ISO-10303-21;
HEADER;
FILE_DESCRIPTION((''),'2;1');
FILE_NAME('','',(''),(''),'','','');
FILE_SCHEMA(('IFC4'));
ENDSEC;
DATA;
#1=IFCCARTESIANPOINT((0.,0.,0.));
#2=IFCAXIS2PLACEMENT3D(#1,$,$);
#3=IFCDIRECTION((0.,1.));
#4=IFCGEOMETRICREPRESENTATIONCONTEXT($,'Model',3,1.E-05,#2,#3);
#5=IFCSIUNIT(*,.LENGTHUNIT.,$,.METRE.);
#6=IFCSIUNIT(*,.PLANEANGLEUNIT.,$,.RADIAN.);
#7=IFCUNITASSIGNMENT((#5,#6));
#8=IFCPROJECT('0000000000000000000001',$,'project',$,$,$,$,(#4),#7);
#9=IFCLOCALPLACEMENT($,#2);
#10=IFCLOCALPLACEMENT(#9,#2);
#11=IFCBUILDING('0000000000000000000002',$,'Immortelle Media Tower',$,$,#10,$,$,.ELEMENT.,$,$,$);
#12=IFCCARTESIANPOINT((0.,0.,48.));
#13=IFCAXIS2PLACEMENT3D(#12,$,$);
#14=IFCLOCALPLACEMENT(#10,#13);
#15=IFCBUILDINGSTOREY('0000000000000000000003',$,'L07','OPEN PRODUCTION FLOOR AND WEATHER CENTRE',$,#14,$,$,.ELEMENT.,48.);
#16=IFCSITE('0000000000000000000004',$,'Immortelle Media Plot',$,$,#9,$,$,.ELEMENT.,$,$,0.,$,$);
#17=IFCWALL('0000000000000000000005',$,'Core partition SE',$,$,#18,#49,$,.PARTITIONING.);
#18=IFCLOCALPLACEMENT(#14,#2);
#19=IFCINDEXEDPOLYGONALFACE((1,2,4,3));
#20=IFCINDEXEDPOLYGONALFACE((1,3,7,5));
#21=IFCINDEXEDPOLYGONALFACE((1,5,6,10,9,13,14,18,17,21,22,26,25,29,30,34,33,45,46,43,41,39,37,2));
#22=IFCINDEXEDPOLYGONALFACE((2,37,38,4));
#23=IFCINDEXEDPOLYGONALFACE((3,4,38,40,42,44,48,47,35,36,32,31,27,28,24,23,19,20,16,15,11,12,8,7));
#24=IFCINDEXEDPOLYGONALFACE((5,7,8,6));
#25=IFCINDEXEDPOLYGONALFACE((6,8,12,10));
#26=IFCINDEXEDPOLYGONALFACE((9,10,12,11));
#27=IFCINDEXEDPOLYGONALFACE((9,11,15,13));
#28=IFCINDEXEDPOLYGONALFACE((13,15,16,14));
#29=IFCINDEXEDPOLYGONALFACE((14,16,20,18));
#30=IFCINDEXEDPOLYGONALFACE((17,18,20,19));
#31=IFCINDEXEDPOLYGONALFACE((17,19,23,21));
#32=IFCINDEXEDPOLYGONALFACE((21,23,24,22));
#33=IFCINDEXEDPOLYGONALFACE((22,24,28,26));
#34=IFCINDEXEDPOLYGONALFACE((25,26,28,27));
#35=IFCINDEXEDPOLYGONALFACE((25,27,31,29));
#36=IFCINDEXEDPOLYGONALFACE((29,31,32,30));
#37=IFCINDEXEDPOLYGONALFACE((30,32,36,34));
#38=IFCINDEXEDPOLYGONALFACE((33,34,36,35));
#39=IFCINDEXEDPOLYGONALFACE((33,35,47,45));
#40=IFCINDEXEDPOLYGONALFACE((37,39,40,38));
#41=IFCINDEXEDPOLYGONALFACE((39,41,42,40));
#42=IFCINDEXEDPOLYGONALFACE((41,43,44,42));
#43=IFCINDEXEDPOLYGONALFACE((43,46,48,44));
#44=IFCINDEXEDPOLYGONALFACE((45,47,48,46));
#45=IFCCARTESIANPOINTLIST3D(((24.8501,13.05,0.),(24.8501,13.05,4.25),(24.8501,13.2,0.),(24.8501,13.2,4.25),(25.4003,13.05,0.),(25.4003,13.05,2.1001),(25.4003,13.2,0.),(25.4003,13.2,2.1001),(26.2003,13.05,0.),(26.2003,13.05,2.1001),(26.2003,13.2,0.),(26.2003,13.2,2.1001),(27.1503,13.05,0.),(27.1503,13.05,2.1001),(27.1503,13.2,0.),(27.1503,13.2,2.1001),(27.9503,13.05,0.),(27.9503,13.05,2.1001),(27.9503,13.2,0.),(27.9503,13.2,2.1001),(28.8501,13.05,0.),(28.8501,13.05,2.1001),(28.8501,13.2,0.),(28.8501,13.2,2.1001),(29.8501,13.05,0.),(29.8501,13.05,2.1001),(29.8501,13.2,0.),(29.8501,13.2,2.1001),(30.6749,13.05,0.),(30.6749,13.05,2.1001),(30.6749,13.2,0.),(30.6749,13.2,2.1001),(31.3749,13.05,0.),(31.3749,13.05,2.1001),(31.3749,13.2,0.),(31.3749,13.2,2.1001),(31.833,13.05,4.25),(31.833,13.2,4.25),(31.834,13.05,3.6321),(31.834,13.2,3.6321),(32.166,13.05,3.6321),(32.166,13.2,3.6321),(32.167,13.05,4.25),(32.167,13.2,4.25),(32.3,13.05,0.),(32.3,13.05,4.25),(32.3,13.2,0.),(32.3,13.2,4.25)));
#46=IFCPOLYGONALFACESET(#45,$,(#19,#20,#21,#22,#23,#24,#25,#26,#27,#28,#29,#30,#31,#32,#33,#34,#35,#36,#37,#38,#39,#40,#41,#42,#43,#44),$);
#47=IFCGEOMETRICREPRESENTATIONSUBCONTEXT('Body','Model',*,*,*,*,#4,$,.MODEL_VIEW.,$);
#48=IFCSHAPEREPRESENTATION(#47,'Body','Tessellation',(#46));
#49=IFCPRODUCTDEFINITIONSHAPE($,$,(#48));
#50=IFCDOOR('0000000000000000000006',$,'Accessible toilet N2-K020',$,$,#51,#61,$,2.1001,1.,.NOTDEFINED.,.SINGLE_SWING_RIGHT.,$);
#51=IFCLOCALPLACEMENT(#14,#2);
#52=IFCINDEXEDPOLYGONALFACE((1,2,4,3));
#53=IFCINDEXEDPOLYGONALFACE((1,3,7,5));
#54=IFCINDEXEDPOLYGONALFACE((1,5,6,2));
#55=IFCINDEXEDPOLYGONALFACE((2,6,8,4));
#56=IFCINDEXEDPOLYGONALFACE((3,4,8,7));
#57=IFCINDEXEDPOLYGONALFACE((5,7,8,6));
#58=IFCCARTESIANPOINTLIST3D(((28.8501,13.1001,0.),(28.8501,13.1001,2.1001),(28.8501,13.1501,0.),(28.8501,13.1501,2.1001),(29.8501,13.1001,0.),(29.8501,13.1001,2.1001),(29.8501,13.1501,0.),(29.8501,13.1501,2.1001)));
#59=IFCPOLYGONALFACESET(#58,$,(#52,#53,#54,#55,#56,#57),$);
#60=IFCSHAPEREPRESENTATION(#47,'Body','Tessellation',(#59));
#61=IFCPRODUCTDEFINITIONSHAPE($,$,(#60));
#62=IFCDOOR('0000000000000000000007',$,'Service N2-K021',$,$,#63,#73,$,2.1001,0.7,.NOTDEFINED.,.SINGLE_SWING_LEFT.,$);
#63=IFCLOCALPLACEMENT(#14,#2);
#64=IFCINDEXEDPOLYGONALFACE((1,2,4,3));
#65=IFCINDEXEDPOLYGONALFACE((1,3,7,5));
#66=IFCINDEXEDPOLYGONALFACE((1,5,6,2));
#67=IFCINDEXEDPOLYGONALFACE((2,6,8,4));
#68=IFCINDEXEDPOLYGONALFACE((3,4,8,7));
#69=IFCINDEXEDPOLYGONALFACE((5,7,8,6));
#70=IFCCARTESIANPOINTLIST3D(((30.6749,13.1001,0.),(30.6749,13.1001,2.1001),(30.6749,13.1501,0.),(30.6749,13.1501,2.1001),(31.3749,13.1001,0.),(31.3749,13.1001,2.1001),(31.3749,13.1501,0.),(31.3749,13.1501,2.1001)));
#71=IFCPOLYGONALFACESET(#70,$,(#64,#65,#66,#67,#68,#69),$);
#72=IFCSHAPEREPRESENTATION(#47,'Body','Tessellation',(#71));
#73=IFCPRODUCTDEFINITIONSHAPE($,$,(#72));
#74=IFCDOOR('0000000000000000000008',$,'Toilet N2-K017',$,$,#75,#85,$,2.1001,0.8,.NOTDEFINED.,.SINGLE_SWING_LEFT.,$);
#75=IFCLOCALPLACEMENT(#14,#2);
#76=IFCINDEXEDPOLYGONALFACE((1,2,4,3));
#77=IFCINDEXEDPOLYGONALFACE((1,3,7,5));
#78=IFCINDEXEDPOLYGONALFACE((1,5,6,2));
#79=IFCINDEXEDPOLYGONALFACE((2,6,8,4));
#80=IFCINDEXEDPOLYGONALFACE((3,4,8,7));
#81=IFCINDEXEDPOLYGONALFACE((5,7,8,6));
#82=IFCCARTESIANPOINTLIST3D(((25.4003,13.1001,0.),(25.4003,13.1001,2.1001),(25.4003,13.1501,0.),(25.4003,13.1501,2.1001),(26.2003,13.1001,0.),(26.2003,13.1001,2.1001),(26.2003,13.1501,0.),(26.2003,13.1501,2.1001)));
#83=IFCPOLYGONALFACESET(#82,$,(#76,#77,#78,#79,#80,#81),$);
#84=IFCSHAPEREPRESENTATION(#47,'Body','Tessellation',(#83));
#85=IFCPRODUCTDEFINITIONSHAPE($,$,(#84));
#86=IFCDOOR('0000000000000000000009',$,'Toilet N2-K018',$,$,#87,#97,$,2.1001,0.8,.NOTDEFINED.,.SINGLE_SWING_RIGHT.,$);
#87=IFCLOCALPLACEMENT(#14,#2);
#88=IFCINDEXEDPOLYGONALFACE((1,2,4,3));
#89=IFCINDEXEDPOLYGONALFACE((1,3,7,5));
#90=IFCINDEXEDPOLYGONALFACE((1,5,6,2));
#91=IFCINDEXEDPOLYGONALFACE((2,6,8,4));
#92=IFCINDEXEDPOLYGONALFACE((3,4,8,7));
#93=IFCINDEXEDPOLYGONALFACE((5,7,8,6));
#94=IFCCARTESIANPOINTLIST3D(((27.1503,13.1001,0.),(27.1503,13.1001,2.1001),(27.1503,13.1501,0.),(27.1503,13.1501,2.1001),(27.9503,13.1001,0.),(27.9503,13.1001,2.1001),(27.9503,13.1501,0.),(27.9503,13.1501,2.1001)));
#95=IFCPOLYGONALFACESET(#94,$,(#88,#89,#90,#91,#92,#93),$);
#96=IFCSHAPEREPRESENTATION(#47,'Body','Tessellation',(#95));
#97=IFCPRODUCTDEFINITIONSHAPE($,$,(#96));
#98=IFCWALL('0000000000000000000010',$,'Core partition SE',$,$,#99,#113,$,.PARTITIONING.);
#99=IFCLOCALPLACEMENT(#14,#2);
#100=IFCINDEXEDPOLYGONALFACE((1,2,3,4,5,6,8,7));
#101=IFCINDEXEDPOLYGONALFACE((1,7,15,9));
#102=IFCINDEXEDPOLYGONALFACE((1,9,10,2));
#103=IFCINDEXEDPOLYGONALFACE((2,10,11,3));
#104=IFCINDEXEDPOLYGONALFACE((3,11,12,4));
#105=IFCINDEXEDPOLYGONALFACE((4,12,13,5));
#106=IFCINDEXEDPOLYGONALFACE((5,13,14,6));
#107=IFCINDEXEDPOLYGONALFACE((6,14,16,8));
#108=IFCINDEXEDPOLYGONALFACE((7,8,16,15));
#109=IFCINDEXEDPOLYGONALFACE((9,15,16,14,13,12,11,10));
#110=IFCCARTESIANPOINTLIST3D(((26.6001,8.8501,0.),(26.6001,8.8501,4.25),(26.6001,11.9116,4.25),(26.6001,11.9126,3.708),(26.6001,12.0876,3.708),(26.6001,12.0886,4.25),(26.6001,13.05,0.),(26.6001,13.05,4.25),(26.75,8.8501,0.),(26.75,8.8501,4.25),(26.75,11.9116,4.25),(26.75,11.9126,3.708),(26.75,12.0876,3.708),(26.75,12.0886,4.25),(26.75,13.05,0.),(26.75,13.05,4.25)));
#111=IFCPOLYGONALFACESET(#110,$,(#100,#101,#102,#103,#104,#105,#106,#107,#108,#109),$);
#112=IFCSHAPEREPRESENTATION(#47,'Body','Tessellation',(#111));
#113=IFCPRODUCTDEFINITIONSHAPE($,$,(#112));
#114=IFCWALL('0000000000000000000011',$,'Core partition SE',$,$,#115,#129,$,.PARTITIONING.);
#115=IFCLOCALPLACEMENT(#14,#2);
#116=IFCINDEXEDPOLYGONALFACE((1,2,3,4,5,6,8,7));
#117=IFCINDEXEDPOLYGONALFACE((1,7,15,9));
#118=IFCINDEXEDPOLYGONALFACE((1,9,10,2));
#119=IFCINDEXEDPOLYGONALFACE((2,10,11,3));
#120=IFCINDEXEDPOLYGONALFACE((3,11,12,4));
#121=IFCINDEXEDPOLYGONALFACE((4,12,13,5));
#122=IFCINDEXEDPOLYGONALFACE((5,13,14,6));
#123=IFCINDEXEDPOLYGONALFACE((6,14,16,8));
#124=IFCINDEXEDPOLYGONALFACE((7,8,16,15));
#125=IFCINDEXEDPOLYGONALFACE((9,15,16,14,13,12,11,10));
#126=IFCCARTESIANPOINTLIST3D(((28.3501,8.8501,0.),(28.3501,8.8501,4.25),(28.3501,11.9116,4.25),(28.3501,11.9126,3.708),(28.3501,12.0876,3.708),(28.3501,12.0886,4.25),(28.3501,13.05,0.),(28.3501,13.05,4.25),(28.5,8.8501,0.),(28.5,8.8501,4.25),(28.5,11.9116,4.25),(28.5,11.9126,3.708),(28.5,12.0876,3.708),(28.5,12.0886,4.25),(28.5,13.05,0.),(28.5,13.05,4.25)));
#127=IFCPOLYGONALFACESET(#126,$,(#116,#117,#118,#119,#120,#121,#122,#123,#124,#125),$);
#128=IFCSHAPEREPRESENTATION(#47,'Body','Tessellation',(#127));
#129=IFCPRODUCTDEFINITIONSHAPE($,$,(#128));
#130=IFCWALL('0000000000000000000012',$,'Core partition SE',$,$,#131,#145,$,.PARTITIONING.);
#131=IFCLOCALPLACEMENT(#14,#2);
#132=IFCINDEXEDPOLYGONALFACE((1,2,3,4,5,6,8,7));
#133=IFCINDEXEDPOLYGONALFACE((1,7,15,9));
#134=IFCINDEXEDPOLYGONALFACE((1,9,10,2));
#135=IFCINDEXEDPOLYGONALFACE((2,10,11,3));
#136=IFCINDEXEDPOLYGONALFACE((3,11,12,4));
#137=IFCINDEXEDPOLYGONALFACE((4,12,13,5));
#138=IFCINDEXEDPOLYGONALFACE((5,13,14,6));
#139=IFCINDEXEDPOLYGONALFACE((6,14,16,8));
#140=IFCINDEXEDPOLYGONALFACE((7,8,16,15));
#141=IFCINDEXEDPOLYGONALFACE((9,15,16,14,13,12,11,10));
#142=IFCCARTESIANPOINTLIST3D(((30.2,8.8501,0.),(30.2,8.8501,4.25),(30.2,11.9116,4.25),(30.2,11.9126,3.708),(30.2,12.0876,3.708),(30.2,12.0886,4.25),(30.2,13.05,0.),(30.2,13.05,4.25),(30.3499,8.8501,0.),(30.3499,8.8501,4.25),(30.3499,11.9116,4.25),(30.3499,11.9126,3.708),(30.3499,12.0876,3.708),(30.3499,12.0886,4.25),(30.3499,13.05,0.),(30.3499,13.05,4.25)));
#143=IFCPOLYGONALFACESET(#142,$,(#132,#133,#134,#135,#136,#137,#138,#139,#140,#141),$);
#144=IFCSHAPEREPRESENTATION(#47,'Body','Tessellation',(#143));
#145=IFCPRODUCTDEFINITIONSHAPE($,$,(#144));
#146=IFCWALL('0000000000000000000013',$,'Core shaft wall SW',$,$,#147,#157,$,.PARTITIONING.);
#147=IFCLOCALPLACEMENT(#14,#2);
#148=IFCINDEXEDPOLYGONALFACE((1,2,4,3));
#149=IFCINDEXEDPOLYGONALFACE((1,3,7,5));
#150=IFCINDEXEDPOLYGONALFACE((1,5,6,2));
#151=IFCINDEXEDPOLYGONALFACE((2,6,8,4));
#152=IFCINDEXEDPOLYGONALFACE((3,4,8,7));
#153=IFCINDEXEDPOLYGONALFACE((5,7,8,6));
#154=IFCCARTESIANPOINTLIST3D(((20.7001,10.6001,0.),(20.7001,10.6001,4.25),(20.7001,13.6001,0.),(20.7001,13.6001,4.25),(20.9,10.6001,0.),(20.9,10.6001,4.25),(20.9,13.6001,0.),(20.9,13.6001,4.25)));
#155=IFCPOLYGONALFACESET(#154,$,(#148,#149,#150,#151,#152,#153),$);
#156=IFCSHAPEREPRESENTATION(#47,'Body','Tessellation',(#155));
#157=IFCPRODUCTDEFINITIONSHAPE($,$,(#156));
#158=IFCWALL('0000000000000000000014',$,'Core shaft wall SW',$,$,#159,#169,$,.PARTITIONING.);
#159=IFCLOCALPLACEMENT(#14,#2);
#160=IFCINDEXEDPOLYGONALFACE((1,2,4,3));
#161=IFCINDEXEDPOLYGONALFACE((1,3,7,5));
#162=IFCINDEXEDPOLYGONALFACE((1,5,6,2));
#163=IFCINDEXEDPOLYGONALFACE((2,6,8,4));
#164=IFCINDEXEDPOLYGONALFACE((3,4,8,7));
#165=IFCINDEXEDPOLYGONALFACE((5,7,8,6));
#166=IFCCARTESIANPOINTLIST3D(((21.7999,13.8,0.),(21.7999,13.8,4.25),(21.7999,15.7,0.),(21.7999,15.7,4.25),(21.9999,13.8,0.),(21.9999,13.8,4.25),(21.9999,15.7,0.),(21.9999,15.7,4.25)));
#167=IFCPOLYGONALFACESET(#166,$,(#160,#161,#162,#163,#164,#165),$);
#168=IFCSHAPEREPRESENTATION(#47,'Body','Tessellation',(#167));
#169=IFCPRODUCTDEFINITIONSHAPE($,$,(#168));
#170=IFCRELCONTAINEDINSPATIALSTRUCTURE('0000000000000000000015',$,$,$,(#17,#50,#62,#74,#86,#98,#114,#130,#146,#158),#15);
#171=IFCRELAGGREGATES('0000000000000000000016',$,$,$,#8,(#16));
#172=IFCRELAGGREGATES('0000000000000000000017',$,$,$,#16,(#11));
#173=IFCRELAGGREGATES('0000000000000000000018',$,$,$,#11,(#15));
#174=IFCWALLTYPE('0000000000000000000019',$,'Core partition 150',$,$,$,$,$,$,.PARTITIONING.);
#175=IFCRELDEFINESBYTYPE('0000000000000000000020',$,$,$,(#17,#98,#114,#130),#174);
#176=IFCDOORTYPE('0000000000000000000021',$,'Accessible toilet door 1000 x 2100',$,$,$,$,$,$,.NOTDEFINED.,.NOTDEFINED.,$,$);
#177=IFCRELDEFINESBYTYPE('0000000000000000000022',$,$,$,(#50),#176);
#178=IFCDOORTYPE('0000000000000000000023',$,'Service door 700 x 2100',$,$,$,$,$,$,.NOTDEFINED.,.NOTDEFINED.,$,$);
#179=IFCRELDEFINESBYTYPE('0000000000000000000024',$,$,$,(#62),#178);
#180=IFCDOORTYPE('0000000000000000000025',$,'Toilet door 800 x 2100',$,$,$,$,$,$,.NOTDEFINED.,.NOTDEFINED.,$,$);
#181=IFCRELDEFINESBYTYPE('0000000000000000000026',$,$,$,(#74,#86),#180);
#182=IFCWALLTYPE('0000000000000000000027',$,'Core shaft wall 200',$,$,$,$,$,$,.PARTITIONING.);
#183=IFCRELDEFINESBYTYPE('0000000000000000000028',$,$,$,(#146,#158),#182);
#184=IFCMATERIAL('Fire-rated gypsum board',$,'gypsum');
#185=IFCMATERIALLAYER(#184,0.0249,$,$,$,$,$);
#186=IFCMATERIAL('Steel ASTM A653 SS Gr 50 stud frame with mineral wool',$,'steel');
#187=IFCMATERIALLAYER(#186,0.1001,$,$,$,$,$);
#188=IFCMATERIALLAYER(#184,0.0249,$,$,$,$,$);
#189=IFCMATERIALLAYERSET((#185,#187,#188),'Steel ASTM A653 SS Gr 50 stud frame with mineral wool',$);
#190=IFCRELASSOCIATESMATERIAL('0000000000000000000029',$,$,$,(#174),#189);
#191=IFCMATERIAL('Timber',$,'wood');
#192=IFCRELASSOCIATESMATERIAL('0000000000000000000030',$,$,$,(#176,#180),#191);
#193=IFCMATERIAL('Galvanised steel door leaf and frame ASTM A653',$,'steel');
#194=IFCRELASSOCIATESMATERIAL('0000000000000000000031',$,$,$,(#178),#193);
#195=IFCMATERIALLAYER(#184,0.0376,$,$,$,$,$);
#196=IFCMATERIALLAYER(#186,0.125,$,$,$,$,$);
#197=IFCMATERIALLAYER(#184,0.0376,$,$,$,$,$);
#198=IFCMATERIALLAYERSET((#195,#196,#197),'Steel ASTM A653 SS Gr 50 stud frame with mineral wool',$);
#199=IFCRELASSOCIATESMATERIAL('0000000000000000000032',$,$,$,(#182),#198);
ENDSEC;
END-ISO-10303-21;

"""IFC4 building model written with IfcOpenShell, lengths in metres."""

from ifc_helpers import new_model, si_unit, direction, frame, frame_2d, origin, place, context, subcontext, project, spatial, polyline, rectangle, outline, extrude, material, layer, layer_set, type_object, element, fill, save


model = new_model("IFC4")

# Units and contexts
model_context = context("Model", 3, precision=1e-05, world=origin(), true_north=direction((0.0, 1.0)))
body_context = subcontext(model_context, "Body", "Model", "MODEL_VIEW")
ifc_project = project(units=[si_unit("LENGTHUNIT", "METRE"), si_unit("PLANEANGLEUNIT", "RADIAN")], contexts=[model_context])

# Site, building, storey
site_placement = place(None, origin())
site = spatial("IfcSite", under=ifc_project, at=site_placement, Name="Immortelle Media Plot", CompositionType="ELEMENT", RefElevation=0.0)
building_placement = place(site_placement, origin())
building = spatial("IfcBuilding", under=site, at=building_placement, Name="Immortelle Media Tower", CompositionType="ELEMENT")
storey_placement = place(building_placement, frame((0.0, 0.0, 48.0)))
storey = spatial("IfcBuildingStorey", under=building, at=storey_placement, Name="L07", Description="OPEN PRODUCTION FLOOR AND WEATHER CENTRE", CompositionType="ELEMENT", Elevation=48.0)

# Wall, openings, doors
ifc_material_1 = material(Name="Fire-rated gypsum board", Category="gypsum")
ifc_layer_1 = layer(ifc_material_1, 0.0249)
ifc_material_2 = material(Name="Steel ASTM A653 SS Gr 50 stud frame with mineral wool", Category="steel")
ifc_layer_2 = layer(ifc_material_2, 0.1001)
ifc_layer_3 = layer(ifc_material_1, 0.0249)
ifc_layer_set_1 = layer_set([ifc_layer_1, ifc_layer_2, ifc_layer_3], Name="Steel ASTM A653 SS Gr 50 stud frame with mineral wool")
wall_type_1 = type_object("IfcWallType", Name="Core partition 150", PredefinedType="PARTITIONING", material=ifc_layer_set_1)
wall_1_placement = place(storey_placement, frame((24.8501, 13.125, 0.0), z_axis=(0.0, 0.0, 1.0), x_axis=(1.0, 0.0, 0.0)))
wall_1 = element("IfcWall", 1, at=wall_1_placement, inside=storey, type_object=wall_type_1, Name="Core partition SE", PredefinedType="PARTITIONING", context=body_context, shape_type="SweptSolid", body=[
    extrude(outline(polyline([(0.0, 0.0), (7.45, 0.0), (7.45, 4.25), (7.3169, 4.25), (7.3159, 3.6321), (6.9839, 3.6321), (6.9829, 4.25), (0.0, 4.25), (0.0, 0.0)])), frame((0.0, 0.075, 0.0), z_axis=(0.0, -1.0, 0.0), x_axis=(1.0, 0.0, 0.0)), (0.0, 0.0, 1.0), 0.1499),
])
opening_1_placement = place(wall_1_placement, frame((1.3501, 0.0, 0.0), z_axis=(0.0, 0.0, 1.0), x_axis=(-1.0, 0.0, 0.0)))
opening_1 = element("IfcOpeningElement", 2, at=opening_1_placement, cuts=wall_1, PredefinedType="OPENING", context=body_context, shape_type="SweptSolid", body=[
    extrude(rectangle(XDim=0.8, YDim=2.1001, at=frame_2d((0.3999, 1.05))), frame((0.0, 0.085, 0.0), z_axis=(0.0, -1.0, 0.0), x_axis=(1.0, 0.0, 0.0)), (0.0, 0.0, 1.0), 0.1699),
])
opening_2_placement = place(wall_1_placement, frame((3.1001, 0.0, 0.0), z_axis=(0.0, 0.0, 1.0), x_axis=(-1.0, 0.0, 0.0)))
opening_2 = element("IfcOpeningElement", 3, at=opening_2_placement, cuts=wall_1, PredefinedType="OPENING", context=body_context, shape_type="SweptSolid", body=[
    extrude(rectangle(XDim=0.8, YDim=2.1001, at=frame_2d((0.3999, 1.05))), frame((0.0, 0.085, 0.0), z_axis=(0.0, -1.0, 0.0), x_axis=(1.0, 0.0, 0.0)), (0.0, 0.0, 1.0), 0.1699),
])
opening_3_placement = place(wall_1_placement, frame((5.0, 0.0, 0.0), z_axis=(0.0, 0.0, 1.0), x_axis=(-1.0, 0.0, 0.0)))
opening_3 = element("IfcOpeningElement", 4, at=opening_3_placement, cuts=wall_1, PredefinedType="OPENING", context=body_context, shape_type="SweptSolid", body=[
    extrude(rectangle(XDim=1.0, YDim=2.1001, at=frame_2d((0.5, 1.05))), frame((0.0, 0.085, 0.0), z_axis=(0.0, -1.0, 0.0), x_axis=(1.0, 0.0, 0.0)), (0.0, 0.0, 1.0), 0.1699),
])
opening_4_placement = place(wall_1_placement, frame((6.5249, 0.0, 0.0), z_axis=(0.0, 0.0, 1.0), x_axis=(-1.0, 0.0, 0.0)))
opening_4 = element("IfcOpeningElement", 5, at=opening_4_placement, cuts=wall_1, PredefinedType="OPENING", context=body_context, shape_type="SweptSolid", body=[
    extrude(rectangle(XDim=0.7, YDim=2.1001, at=frame_2d((0.3501, 1.05))), frame((0.0, 0.085, 0.0), z_axis=(0.0, -1.0, 0.0), x_axis=(1.0, 0.0, 0.0)), (0.0, 0.0, 1.0), 0.1699),
])
ifc_material_3 = material(Name="Timber", Category="wood")
door_type_1 = type_object("IfcDoorType", Name="Accessible toilet door 1000 x 2100", OperationType="NOTDEFINED", PredefinedType="NOTDEFINED", material=ifc_material_3)
door_1_placement = place(opening_3_placement, origin())
door_1 = element("IfcDoor", 6, at=door_1_placement, inside=storey, type_object=door_type_1, Name="Accessible toilet N2-K020", OperationType="SINGLE_SWING_RIGHT", OverallHeight=2.1001, OverallWidth=1.0, PredefinedType="NOTDEFINED", context=body_context, shape_type="SweptSolid", body=[
    extrude(rectangle(XDim=1.0, YDim=2.1001, at=frame_2d((0.5, 1.05))), frame((0.0, 0.0249, 0.0), z_axis=(0.0, -1.0, 0.0), x_axis=(1.0, 0.0, 0.0)), (0.0, 0.0, 1.0), 0.05),
])
fill(opening_3, door_1)
ifc_material_4 = material(Name="Galvanised steel door leaf and frame ASTM A653", Category="steel")
door_type_2 = type_object("IfcDoorType", Name="Service door 700 x 2100", OperationType="NOTDEFINED", PredefinedType="NOTDEFINED", material=ifc_material_4)
door_2_placement = place(opening_4_placement, origin())
door_2 = element("IfcDoor", 7, at=door_2_placement, inside=storey, type_object=door_type_2, Name="Service N2-K021", OperationType="SINGLE_SWING_LEFT", OverallHeight=2.1001, OverallWidth=0.7, PredefinedType="NOTDEFINED", context=body_context, shape_type="SweptSolid", body=[
    extrude(rectangle(XDim=0.7, YDim=2.1001, at=frame_2d((0.3501, 1.05))), frame((0.0, 0.0249, 0.0), z_axis=(0.0, -1.0, 0.0), x_axis=(1.0, 0.0, 0.0)), (0.0, 0.0, 1.0), 0.05),
])
fill(opening_4, door_2)
door_type_3 = type_object("IfcDoorType", Name="Toilet door 800 x 2100", OperationType="NOTDEFINED", PredefinedType="NOTDEFINED", material=ifc_material_3)
door_3_placement = place(opening_1_placement, origin())
door_3 = element("IfcDoor", 8, at=door_3_placement, inside=storey, type_object=door_type_3, Name="Toilet N2-K017", OperationType="SINGLE_SWING_LEFT", OverallHeight=2.1001, OverallWidth=0.8, PredefinedType="NOTDEFINED", context=body_context, shape_type="SweptSolid", body=[
    extrude(rectangle(XDim=0.8, YDim=2.1001, at=frame_2d((0.3999, 1.05))), frame((0.0, 0.0249, 0.0), z_axis=(0.0, -1.0, 0.0), x_axis=(1.0, 0.0, 0.0)), (0.0, 0.0, 1.0), 0.05),
])
fill(opening_1, door_3)
door_4_placement = place(opening_2_placement, origin())
door_4 = element("IfcDoor", 9, at=door_4_placement, inside=storey, type_object=door_type_3, Name="Toilet N2-K018", OperationType="SINGLE_SWING_RIGHT", OverallHeight=2.1001, OverallWidth=0.8, PredefinedType="NOTDEFINED", context=body_context, shape_type="SweptSolid", body=[
    extrude(rectangle(XDim=0.8, YDim=2.1001, at=frame_2d((0.3999, 1.05))), frame((0.0, 0.0249, 0.0), z_axis=(0.0, -1.0, 0.0), x_axis=(1.0, 0.0, 0.0)), (0.0, 0.0, 1.0), 0.05),
])
fill(opening_2, door_4)

# Walls
for number, where, z_axis, x_axis, name in (
    (10, (26.675, 8.8501, 0.0), (0.0, 0.0, 1.0), (0.0, 1.0, 0.0), "Core partition SE"),
    (11, (28.425, 8.8501, 0.0), (0.0, 0.0, 1.0), (0.0, 1.0, 0.0), "Core partition SE"),
    (12, (30.2749, 8.8501, 0.0), (0.0, 0.0, 1.0), (0.0, 1.0, 0.0), "Core partition SE"),
):
    element("IfcWall", number, at=place(storey_placement, frame(where, z_axis=z_axis, x_axis=x_axis)), inside=storey, type_object=wall_type_1, Name=name, PredefinedType="PARTITIONING", context=body_context, shape_type="SweptSolid", body=[
        extrude(outline(polyline([(0.0, 0.0), (4.2, 0.0), (4.2, 4.25), (3.2385, 4.25), (3.2375, 3.708), (3.0625, 3.708), (3.0615, 4.25), (0.0, 4.25), (0.0, 0.0)])), frame((0.0, 0.075, 0.0), z_axis=(0.0, -1.0, 0.0), x_axis=(1.0, 0.0, 0.0)), (0.0, 0.0, 1.0), 0.1499),
    ])
ifc_layer_4 = layer(ifc_material_1, 0.0376)
ifc_layer_5 = layer(ifc_material_2, 0.125)
ifc_layer_6 = layer(ifc_material_1, 0.0376)
ifc_layer_set_2 = layer_set([ifc_layer_4, ifc_layer_5, ifc_layer_6], Name="Steel ASTM A653 SS Gr 50 stud frame with mineral wool")
wall_type_2 = type_object("IfcWallType", Name="Core shaft wall 200", PredefinedType="PARTITIONING", material=ifc_layer_set_2)
wall_2_placement = place(storey_placement, frame((20.8, 10.6001, 0.0), z_axis=(0.0, 0.0, 1.0), x_axis=(0.0, 1.0, 0.0)))
element("IfcWall", 13, at=wall_2_placement, inside=storey, type_object=wall_type_2, Name="Core shaft wall SW", PredefinedType="PARTITIONING", context=body_context, shape_type="SweptSolid", body=[
    extrude(rectangle(XDim=3.0, YDim=0.2, at=frame_2d((1.5, 0.0))), origin(), (0.0, 0.0, 1.0), 4.25),
])
wall_3_placement = place(storey_placement, frame((21.8999, 13.8, 0.0), z_axis=(0.0, 0.0, 1.0), x_axis=(0.0, 1.0, 0.0)))
element("IfcWall", 14, at=wall_3_placement, inside=storey, type_object=wall_type_2, Name="Core shaft wall SW", PredefinedType="PARTITIONING", context=body_context, shape_type="SweptSolid", body=[
    extrude(rectangle(XDim=1.8999, YDim=0.2, at=frame_2d((0.95, 0.0))), origin(), (0.0, 0.0, 1.0), 4.25),
])

save(model, "model.ifc")
